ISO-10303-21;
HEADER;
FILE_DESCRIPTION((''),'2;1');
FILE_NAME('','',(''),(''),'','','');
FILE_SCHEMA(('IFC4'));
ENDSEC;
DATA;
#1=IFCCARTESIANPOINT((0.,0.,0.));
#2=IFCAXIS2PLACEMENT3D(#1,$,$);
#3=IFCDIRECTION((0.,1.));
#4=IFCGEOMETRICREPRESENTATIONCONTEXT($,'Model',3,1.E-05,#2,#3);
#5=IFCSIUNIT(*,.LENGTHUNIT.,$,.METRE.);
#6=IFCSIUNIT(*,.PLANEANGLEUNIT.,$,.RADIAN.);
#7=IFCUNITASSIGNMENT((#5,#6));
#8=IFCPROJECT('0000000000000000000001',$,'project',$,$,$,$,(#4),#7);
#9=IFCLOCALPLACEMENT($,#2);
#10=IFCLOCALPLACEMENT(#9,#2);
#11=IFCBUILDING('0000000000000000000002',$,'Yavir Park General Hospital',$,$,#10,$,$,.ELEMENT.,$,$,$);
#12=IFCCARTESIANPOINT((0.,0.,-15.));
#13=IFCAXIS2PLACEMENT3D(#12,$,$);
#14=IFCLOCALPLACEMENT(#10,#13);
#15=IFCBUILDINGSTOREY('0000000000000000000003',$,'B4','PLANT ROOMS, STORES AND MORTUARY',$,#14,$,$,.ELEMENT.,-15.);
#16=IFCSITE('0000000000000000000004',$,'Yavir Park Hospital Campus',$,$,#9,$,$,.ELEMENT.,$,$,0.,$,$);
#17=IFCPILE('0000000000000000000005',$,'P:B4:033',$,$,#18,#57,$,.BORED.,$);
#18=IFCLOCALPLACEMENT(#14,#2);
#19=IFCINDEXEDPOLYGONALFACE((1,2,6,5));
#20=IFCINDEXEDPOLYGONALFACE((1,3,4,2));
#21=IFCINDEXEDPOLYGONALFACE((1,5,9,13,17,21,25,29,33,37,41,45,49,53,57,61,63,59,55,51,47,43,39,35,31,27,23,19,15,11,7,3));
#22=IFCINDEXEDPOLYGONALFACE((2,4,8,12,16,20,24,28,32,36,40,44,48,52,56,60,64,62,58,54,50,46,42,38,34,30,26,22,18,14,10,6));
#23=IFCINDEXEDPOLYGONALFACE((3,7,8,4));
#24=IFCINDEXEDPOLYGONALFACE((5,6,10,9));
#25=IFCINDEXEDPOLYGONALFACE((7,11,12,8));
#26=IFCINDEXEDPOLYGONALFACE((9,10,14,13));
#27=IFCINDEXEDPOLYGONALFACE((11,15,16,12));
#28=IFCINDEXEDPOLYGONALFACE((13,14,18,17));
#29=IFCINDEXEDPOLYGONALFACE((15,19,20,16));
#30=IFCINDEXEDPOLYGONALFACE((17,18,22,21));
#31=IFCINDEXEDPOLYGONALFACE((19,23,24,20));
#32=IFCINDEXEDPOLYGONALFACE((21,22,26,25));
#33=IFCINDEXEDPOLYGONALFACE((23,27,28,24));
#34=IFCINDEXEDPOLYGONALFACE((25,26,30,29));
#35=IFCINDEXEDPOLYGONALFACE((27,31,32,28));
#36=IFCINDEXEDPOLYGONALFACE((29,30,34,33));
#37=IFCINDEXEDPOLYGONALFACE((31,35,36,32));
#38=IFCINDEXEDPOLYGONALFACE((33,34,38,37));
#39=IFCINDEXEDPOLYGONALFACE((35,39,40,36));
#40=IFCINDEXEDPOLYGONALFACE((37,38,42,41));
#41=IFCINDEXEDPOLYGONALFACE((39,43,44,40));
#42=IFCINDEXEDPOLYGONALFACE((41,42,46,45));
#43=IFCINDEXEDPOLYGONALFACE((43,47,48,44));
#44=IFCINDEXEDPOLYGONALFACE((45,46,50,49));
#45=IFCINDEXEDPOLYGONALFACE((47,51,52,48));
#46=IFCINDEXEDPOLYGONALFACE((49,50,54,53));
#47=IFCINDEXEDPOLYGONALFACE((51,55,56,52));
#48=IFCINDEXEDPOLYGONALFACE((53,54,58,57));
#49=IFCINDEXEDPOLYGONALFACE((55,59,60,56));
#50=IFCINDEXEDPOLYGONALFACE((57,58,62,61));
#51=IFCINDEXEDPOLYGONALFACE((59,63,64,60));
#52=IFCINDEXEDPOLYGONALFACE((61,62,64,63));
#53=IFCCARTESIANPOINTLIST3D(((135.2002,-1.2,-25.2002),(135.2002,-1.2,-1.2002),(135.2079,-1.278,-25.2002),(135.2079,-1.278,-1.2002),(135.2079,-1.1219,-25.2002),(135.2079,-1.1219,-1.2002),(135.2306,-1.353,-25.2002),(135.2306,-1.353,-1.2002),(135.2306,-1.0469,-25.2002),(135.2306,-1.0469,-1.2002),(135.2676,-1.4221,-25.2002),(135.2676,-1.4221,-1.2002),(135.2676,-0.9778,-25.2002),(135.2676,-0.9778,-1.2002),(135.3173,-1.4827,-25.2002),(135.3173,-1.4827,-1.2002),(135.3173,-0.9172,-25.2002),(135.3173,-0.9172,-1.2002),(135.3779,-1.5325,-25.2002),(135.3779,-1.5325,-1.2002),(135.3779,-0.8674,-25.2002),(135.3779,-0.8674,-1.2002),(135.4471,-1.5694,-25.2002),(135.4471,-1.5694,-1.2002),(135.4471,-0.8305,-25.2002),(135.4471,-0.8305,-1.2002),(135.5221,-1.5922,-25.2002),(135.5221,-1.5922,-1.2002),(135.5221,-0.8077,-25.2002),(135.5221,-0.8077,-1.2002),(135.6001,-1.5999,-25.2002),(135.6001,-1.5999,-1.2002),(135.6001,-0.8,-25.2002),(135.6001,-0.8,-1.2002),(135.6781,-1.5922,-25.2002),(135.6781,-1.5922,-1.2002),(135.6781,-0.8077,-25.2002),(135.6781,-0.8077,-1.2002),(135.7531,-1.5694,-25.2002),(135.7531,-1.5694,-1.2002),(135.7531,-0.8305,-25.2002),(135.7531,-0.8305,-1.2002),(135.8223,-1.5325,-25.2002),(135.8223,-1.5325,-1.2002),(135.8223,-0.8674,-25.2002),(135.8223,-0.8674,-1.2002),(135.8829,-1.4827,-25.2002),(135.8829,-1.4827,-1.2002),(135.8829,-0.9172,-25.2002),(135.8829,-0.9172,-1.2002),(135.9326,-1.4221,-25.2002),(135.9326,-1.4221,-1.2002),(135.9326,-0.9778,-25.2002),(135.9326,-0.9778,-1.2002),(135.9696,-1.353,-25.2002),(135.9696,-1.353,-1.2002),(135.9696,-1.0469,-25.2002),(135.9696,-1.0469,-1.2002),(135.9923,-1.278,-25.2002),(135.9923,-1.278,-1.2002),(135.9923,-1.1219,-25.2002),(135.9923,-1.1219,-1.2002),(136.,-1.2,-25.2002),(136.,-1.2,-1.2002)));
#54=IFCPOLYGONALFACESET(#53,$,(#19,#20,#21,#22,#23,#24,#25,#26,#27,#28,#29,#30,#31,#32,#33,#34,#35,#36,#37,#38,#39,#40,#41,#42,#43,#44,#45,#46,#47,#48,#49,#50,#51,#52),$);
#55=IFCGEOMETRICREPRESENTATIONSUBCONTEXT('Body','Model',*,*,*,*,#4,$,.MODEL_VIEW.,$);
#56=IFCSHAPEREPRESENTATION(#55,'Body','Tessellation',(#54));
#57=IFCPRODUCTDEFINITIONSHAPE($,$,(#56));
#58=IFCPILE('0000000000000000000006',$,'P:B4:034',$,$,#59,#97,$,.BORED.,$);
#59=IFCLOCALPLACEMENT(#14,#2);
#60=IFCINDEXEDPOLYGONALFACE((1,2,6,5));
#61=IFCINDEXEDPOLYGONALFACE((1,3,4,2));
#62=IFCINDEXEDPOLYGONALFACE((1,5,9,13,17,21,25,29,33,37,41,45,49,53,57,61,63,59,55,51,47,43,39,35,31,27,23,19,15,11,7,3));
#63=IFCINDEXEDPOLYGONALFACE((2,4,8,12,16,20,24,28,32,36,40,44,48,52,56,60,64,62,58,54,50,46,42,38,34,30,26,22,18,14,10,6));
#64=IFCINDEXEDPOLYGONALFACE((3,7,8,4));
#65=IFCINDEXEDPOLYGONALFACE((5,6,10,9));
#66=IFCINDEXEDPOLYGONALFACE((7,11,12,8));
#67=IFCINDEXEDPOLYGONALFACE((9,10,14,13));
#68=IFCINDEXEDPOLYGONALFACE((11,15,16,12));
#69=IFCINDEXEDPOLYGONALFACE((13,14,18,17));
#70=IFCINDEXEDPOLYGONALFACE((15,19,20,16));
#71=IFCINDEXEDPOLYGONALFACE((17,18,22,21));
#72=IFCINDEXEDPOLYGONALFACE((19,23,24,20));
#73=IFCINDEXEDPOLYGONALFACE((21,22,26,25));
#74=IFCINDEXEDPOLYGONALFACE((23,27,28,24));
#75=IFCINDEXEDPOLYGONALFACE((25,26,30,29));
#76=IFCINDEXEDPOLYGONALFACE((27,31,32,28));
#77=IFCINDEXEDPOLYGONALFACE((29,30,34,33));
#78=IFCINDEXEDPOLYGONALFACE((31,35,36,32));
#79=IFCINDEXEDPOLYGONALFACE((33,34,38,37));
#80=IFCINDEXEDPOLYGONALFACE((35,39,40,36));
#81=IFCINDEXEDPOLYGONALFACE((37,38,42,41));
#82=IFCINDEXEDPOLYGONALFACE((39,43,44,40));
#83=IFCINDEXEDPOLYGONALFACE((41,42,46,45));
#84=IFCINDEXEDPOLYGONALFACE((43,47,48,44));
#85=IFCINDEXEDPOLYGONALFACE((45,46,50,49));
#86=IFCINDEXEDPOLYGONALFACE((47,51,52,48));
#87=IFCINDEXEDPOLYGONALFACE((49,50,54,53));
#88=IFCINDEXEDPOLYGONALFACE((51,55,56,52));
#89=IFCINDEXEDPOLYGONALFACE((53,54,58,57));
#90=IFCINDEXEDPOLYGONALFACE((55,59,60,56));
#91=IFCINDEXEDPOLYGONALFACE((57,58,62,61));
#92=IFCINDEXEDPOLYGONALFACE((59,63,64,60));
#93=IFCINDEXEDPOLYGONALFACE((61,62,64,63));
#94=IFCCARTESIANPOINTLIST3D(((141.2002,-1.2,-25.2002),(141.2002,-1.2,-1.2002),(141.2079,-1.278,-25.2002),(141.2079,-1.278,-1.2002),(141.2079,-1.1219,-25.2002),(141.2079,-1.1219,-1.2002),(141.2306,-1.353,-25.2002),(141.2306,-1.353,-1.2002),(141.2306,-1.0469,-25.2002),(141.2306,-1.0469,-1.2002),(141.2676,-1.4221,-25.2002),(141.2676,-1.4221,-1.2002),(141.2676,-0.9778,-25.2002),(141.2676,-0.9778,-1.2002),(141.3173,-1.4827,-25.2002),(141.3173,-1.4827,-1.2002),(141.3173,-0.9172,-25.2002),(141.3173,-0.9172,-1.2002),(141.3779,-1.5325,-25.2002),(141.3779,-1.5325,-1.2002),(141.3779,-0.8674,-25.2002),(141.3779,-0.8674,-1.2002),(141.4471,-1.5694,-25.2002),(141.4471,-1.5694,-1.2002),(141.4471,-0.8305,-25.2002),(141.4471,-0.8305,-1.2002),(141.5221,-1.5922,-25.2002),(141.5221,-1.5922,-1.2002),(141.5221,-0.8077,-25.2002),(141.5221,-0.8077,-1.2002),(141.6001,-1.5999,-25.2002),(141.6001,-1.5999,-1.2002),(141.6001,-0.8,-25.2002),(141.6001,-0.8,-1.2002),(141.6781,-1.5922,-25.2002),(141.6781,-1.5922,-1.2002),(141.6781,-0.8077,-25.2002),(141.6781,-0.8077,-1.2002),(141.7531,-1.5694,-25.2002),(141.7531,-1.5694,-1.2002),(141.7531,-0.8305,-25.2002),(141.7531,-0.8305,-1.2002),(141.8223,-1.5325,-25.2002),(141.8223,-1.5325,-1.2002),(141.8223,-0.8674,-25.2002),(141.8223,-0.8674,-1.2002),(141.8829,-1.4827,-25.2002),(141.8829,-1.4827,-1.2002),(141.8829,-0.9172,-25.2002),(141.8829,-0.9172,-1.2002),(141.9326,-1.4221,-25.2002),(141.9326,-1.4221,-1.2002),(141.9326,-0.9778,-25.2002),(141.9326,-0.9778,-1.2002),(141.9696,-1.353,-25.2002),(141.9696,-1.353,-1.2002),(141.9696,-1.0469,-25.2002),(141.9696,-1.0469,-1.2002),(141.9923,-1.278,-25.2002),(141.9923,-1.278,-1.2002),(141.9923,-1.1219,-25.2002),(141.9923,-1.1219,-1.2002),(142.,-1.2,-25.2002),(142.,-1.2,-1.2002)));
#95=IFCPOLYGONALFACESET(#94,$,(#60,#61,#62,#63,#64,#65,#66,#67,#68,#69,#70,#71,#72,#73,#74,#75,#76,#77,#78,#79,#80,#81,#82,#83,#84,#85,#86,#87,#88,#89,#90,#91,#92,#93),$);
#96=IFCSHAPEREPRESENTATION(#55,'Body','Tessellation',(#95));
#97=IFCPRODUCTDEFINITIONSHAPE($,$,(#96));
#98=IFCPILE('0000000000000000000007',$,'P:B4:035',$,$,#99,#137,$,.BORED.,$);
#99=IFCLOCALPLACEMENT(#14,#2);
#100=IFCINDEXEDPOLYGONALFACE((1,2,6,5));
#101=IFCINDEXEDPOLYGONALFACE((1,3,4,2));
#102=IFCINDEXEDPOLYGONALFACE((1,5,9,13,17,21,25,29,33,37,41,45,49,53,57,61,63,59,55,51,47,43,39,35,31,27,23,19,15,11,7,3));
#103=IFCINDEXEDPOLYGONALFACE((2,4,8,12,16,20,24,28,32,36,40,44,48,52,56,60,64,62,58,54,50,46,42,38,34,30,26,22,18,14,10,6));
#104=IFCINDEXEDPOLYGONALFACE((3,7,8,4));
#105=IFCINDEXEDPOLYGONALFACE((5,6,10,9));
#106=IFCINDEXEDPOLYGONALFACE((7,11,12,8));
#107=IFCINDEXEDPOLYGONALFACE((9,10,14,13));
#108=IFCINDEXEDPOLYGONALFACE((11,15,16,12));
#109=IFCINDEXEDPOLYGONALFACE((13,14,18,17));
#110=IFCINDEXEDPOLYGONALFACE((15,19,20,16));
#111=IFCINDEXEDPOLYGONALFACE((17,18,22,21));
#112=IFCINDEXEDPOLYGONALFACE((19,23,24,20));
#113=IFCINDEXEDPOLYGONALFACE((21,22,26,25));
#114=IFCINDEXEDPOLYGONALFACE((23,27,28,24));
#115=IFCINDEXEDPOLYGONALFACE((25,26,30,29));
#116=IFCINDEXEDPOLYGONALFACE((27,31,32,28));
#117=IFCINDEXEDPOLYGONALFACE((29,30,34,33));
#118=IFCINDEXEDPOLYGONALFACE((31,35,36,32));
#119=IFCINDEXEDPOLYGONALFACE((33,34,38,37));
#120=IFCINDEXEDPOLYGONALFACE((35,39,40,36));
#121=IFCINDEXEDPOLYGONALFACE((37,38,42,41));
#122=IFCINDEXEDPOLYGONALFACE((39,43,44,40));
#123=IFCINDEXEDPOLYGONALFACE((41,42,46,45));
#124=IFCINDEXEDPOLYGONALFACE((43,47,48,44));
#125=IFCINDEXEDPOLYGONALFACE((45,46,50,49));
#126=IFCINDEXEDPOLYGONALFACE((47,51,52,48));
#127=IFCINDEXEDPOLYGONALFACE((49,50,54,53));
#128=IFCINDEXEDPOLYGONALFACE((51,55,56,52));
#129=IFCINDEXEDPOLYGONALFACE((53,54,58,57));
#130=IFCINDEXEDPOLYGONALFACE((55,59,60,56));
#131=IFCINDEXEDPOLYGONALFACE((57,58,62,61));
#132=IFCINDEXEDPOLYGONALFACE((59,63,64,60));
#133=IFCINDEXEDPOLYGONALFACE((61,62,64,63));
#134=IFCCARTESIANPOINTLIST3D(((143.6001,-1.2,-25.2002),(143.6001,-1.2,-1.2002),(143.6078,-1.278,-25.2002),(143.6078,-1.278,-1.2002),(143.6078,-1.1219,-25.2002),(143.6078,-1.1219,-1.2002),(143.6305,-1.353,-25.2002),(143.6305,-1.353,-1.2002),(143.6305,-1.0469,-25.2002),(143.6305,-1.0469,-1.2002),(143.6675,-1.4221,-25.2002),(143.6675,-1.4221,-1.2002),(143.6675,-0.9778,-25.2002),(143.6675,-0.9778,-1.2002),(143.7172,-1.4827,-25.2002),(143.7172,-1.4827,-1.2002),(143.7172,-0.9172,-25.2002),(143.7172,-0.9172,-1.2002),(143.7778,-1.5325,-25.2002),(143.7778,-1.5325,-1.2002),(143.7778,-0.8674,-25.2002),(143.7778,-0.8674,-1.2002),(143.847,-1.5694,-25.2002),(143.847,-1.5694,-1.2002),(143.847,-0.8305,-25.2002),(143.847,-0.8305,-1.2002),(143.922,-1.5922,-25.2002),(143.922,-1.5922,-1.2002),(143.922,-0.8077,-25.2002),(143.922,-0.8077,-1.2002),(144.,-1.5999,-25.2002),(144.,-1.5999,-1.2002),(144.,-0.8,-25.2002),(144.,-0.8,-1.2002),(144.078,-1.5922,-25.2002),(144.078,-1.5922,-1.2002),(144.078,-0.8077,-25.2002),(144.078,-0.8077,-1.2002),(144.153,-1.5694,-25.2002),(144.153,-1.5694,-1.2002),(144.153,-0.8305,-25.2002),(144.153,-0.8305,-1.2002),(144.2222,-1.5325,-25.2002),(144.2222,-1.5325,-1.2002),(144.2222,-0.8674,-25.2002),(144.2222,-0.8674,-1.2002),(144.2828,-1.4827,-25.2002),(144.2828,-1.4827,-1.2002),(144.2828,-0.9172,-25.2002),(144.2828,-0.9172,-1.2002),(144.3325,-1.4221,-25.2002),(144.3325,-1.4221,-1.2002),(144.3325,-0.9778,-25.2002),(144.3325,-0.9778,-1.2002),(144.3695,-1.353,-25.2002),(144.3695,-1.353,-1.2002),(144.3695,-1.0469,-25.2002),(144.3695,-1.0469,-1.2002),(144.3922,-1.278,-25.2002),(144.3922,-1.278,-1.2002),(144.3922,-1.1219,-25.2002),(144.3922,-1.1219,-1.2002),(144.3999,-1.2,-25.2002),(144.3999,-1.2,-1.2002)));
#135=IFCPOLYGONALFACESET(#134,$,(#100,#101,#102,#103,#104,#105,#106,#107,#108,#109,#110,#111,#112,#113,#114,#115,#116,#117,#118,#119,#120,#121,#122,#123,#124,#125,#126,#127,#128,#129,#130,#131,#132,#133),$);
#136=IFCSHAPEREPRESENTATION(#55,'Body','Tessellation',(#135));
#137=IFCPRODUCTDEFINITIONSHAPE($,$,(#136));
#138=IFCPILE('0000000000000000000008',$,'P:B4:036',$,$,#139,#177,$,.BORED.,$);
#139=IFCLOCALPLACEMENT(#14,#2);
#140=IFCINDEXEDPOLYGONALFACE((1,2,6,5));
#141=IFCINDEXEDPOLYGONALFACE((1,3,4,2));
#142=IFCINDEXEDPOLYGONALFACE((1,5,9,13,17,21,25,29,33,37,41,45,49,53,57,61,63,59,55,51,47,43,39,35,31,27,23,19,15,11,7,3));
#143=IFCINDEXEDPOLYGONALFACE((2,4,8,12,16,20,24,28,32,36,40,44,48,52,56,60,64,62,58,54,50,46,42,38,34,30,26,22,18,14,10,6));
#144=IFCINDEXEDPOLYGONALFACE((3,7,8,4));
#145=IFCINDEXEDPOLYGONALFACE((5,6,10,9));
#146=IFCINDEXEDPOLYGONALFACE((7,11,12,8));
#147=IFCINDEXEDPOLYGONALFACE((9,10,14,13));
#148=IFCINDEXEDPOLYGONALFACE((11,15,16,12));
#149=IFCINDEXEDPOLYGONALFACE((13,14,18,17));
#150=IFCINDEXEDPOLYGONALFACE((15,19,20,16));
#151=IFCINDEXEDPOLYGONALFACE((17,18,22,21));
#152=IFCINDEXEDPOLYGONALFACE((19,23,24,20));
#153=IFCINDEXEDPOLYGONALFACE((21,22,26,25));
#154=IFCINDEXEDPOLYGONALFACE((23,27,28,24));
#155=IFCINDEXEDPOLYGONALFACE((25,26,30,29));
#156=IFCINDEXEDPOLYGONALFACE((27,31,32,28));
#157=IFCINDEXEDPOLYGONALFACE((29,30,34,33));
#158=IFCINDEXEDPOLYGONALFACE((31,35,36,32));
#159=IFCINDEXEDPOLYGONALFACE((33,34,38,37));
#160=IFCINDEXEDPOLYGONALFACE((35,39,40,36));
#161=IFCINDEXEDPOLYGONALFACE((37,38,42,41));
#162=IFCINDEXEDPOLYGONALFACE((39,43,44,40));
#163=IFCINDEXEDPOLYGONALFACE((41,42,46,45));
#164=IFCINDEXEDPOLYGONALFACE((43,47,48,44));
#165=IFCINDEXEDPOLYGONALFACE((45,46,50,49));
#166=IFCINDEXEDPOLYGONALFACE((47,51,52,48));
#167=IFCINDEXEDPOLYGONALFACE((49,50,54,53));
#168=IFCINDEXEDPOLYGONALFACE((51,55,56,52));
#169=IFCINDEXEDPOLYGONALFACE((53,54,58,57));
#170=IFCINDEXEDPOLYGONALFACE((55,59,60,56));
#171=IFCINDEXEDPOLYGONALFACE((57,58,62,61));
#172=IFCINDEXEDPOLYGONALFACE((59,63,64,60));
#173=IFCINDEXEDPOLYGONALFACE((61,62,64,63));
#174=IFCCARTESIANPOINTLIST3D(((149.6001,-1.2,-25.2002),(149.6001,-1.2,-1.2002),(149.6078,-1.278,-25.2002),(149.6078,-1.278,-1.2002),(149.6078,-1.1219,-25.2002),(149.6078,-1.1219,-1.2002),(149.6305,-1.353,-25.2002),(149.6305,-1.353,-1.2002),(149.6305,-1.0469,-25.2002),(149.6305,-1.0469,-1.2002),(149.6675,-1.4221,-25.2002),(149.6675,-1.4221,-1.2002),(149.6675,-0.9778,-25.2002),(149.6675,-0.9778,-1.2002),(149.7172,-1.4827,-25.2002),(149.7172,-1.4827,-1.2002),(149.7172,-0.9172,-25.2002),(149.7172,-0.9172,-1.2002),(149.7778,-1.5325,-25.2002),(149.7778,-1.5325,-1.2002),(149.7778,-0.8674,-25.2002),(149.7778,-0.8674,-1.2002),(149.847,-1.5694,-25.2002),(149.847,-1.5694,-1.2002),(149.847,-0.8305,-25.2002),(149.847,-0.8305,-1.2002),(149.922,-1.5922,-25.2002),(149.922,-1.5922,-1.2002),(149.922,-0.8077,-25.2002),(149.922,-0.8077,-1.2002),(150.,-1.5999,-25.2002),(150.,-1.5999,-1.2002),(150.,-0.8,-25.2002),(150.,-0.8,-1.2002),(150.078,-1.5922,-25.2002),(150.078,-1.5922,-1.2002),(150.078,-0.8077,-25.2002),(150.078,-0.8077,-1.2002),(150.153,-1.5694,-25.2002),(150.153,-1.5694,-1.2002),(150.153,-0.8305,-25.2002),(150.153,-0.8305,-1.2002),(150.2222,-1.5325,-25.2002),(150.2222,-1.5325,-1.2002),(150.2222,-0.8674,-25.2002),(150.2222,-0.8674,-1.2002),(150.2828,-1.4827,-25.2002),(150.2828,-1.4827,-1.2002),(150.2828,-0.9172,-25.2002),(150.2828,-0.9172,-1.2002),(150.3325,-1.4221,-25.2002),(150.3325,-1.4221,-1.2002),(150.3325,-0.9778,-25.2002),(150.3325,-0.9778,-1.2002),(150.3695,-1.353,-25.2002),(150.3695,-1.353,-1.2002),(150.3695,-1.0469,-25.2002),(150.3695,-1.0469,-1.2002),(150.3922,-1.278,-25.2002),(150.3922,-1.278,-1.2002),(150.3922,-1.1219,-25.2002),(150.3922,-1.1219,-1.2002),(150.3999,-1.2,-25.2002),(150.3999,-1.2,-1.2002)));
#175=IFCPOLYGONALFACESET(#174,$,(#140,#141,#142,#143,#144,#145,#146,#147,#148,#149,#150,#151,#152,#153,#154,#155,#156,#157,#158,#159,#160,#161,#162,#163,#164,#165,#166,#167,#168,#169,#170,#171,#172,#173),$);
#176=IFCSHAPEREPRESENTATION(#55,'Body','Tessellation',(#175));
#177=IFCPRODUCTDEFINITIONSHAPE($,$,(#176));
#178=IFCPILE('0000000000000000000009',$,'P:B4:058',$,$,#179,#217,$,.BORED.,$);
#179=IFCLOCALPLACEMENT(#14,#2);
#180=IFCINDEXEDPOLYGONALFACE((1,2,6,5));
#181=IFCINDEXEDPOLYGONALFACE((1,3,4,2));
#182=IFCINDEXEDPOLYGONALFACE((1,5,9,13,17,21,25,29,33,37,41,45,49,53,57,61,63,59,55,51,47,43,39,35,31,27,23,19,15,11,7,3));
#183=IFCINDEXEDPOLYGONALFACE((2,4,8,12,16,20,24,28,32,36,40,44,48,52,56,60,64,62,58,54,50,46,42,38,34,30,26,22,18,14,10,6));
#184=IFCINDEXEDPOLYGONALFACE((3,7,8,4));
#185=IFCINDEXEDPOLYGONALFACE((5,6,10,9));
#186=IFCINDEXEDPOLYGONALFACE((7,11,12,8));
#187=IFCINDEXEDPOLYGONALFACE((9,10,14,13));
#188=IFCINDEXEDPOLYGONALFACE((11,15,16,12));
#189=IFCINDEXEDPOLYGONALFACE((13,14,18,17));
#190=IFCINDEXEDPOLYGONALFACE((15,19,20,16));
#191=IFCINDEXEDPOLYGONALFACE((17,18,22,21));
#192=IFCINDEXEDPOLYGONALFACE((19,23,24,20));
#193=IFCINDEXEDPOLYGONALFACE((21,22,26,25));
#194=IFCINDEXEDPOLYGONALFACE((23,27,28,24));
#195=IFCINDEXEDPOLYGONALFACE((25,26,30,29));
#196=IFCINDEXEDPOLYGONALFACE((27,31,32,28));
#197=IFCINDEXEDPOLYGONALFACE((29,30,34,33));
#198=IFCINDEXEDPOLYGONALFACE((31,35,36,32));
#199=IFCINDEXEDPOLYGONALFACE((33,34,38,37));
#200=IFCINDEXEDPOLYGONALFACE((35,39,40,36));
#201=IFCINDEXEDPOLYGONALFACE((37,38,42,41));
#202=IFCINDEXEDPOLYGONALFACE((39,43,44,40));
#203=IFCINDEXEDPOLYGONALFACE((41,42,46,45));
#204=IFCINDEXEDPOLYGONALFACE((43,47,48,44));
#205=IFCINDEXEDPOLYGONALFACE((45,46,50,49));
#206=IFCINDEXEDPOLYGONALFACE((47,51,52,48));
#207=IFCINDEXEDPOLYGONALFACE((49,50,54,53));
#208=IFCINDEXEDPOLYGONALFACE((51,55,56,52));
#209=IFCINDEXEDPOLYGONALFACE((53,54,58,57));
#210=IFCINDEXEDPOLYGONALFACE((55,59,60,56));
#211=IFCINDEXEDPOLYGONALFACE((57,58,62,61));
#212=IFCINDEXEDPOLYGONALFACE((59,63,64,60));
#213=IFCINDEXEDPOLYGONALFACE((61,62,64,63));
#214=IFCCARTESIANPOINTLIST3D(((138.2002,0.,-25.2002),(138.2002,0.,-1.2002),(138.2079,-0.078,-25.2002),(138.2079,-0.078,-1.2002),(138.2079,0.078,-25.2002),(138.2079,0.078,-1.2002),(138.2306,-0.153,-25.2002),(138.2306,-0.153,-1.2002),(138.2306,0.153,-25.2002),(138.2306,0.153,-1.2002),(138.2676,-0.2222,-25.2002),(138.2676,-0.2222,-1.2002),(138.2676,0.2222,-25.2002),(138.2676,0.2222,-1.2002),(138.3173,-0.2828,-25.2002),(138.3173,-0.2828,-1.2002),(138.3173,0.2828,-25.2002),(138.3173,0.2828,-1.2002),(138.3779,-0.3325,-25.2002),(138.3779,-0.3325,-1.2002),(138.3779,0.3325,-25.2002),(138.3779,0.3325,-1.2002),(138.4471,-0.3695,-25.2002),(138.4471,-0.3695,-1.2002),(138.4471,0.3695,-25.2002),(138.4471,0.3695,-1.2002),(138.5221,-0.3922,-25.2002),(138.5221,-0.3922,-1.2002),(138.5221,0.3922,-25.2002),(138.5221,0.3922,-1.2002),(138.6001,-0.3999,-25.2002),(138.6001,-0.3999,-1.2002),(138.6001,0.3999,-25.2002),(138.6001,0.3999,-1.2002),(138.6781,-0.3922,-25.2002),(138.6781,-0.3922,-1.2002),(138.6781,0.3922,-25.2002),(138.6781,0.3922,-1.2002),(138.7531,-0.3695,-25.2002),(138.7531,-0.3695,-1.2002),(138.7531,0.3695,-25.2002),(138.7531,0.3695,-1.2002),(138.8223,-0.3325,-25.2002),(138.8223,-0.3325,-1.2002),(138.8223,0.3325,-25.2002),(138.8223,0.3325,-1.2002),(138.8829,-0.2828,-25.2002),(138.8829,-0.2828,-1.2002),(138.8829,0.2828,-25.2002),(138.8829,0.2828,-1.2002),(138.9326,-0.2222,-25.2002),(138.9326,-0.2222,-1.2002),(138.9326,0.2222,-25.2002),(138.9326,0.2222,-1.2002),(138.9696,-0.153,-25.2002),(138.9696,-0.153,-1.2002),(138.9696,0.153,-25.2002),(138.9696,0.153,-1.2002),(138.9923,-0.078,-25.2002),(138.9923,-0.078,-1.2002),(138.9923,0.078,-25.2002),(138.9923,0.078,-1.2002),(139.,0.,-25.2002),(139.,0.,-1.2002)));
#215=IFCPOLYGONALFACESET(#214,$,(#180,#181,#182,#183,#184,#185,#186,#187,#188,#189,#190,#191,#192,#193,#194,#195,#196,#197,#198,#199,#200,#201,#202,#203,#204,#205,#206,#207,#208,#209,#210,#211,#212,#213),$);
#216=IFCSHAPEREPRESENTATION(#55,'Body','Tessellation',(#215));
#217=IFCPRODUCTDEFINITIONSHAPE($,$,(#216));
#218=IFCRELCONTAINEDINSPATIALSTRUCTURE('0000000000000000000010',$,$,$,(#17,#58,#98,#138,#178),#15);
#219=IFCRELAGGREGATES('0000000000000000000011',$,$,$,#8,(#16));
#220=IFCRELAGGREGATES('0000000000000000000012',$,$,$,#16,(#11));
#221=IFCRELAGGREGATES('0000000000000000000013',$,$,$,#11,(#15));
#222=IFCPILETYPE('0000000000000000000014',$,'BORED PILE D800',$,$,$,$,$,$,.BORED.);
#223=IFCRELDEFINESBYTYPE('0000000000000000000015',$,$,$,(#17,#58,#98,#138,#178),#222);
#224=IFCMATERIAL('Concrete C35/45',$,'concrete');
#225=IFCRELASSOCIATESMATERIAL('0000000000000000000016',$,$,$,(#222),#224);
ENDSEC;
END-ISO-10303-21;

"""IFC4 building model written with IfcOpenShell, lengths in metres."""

from ifc_helpers import new_model, si_unit, direction, frame, origin, origin_2d, place, context, subcontext, project, spatial, circle, extrude, material, material_profile, profile_set, type_object, element, save


model = new_model("IFC4")

# Units and contexts
model_context = context("Model", 3, precision=1e-05, world=origin(), true_north=direction((0.0, 1.0)))
body_context = subcontext(model_context, "Body", "Model", "MODEL_VIEW")
ifc_project = project(units=[si_unit("LENGTHUNIT", "METRE"), si_unit("PLANEANGLEUNIT", "RADIAN")], contexts=[model_context])

# Site, building, storey
site_placement = place(None, origin())
site = spatial("IfcSite", under=ifc_project, at=site_placement, Name="Yavir Park Hospital Campus", CompositionType="ELEMENT", RefElevation=0.0)
building_placement = place(site_placement, origin())
building = spatial("IfcBuilding", under=site, at=building_placement, Name="Yavir Park General Hospital", CompositionType="ELEMENT")
storey_placement = place(building_placement, frame((0.0, 0.0, -15.0)))
storey = spatial("IfcBuildingStorey", under=building, at=storey_placement, Name="B4", Description="PLANT ROOMS, STORES AND MORTUARY", CompositionType="ELEMENT", Elevation=-15.0)

# Piles
ifc_material_1 = material(Name="Concrete C35/45", Category="concrete")
ifc_material_profile_1 = material_profile(ifc_material_1, circle(Radius=0.3999, at=origin_2d()), Name="D800")
ifc_profile_set_1 = profile_set([ifc_material_profile_1], Name="Concrete C35/45")
pile_type = type_object("IfcPileType", Name="BORED PILE D800", PredefinedType="BORED", material=ifc_profile_set_1)
for number, where, z_axis, x_axis, name in (
    (1, (135.6001, -1.2, -1.2002), (0.0, 0.0, -1.0), (1.0, 0.0, 0.0), "P:B4:033"),
    (2, (141.6001, -1.2, -1.2002), (0.0, 0.0, -1.0), (1.0, 0.0, 0.0), "P:B4:034"),
    (3, (144.0, -1.2, -1.2002), (0.0, 0.0, -1.0), (1.0, 0.0, 0.0), "P:B4:035"),
    (4, (150.0, -1.2, -1.2002), (0.0, 0.0, -1.0), (1.0, 0.0, 0.0), "P:B4:036"),
    (5, (138.6001, 0.0, -1.2002), (0.0, 0.0, -1.0), (1.0, 0.0, 0.0), "P:B4:058"),
):
    element("IfcPile", number, at=place(storey_placement, frame(where, z_axis=z_axis, x_axis=x_axis)), inside=storey, type_object=pile_type, Name=name, PredefinedType="BORED", context=body_context, shape_type="SweptSolid", body=[
        extrude(circle(Radius=0.3999, at=origin_2d()), origin(), (0.0, 0.0, 1.0), 24.0),
    ])

save(model, "model.ifc")
